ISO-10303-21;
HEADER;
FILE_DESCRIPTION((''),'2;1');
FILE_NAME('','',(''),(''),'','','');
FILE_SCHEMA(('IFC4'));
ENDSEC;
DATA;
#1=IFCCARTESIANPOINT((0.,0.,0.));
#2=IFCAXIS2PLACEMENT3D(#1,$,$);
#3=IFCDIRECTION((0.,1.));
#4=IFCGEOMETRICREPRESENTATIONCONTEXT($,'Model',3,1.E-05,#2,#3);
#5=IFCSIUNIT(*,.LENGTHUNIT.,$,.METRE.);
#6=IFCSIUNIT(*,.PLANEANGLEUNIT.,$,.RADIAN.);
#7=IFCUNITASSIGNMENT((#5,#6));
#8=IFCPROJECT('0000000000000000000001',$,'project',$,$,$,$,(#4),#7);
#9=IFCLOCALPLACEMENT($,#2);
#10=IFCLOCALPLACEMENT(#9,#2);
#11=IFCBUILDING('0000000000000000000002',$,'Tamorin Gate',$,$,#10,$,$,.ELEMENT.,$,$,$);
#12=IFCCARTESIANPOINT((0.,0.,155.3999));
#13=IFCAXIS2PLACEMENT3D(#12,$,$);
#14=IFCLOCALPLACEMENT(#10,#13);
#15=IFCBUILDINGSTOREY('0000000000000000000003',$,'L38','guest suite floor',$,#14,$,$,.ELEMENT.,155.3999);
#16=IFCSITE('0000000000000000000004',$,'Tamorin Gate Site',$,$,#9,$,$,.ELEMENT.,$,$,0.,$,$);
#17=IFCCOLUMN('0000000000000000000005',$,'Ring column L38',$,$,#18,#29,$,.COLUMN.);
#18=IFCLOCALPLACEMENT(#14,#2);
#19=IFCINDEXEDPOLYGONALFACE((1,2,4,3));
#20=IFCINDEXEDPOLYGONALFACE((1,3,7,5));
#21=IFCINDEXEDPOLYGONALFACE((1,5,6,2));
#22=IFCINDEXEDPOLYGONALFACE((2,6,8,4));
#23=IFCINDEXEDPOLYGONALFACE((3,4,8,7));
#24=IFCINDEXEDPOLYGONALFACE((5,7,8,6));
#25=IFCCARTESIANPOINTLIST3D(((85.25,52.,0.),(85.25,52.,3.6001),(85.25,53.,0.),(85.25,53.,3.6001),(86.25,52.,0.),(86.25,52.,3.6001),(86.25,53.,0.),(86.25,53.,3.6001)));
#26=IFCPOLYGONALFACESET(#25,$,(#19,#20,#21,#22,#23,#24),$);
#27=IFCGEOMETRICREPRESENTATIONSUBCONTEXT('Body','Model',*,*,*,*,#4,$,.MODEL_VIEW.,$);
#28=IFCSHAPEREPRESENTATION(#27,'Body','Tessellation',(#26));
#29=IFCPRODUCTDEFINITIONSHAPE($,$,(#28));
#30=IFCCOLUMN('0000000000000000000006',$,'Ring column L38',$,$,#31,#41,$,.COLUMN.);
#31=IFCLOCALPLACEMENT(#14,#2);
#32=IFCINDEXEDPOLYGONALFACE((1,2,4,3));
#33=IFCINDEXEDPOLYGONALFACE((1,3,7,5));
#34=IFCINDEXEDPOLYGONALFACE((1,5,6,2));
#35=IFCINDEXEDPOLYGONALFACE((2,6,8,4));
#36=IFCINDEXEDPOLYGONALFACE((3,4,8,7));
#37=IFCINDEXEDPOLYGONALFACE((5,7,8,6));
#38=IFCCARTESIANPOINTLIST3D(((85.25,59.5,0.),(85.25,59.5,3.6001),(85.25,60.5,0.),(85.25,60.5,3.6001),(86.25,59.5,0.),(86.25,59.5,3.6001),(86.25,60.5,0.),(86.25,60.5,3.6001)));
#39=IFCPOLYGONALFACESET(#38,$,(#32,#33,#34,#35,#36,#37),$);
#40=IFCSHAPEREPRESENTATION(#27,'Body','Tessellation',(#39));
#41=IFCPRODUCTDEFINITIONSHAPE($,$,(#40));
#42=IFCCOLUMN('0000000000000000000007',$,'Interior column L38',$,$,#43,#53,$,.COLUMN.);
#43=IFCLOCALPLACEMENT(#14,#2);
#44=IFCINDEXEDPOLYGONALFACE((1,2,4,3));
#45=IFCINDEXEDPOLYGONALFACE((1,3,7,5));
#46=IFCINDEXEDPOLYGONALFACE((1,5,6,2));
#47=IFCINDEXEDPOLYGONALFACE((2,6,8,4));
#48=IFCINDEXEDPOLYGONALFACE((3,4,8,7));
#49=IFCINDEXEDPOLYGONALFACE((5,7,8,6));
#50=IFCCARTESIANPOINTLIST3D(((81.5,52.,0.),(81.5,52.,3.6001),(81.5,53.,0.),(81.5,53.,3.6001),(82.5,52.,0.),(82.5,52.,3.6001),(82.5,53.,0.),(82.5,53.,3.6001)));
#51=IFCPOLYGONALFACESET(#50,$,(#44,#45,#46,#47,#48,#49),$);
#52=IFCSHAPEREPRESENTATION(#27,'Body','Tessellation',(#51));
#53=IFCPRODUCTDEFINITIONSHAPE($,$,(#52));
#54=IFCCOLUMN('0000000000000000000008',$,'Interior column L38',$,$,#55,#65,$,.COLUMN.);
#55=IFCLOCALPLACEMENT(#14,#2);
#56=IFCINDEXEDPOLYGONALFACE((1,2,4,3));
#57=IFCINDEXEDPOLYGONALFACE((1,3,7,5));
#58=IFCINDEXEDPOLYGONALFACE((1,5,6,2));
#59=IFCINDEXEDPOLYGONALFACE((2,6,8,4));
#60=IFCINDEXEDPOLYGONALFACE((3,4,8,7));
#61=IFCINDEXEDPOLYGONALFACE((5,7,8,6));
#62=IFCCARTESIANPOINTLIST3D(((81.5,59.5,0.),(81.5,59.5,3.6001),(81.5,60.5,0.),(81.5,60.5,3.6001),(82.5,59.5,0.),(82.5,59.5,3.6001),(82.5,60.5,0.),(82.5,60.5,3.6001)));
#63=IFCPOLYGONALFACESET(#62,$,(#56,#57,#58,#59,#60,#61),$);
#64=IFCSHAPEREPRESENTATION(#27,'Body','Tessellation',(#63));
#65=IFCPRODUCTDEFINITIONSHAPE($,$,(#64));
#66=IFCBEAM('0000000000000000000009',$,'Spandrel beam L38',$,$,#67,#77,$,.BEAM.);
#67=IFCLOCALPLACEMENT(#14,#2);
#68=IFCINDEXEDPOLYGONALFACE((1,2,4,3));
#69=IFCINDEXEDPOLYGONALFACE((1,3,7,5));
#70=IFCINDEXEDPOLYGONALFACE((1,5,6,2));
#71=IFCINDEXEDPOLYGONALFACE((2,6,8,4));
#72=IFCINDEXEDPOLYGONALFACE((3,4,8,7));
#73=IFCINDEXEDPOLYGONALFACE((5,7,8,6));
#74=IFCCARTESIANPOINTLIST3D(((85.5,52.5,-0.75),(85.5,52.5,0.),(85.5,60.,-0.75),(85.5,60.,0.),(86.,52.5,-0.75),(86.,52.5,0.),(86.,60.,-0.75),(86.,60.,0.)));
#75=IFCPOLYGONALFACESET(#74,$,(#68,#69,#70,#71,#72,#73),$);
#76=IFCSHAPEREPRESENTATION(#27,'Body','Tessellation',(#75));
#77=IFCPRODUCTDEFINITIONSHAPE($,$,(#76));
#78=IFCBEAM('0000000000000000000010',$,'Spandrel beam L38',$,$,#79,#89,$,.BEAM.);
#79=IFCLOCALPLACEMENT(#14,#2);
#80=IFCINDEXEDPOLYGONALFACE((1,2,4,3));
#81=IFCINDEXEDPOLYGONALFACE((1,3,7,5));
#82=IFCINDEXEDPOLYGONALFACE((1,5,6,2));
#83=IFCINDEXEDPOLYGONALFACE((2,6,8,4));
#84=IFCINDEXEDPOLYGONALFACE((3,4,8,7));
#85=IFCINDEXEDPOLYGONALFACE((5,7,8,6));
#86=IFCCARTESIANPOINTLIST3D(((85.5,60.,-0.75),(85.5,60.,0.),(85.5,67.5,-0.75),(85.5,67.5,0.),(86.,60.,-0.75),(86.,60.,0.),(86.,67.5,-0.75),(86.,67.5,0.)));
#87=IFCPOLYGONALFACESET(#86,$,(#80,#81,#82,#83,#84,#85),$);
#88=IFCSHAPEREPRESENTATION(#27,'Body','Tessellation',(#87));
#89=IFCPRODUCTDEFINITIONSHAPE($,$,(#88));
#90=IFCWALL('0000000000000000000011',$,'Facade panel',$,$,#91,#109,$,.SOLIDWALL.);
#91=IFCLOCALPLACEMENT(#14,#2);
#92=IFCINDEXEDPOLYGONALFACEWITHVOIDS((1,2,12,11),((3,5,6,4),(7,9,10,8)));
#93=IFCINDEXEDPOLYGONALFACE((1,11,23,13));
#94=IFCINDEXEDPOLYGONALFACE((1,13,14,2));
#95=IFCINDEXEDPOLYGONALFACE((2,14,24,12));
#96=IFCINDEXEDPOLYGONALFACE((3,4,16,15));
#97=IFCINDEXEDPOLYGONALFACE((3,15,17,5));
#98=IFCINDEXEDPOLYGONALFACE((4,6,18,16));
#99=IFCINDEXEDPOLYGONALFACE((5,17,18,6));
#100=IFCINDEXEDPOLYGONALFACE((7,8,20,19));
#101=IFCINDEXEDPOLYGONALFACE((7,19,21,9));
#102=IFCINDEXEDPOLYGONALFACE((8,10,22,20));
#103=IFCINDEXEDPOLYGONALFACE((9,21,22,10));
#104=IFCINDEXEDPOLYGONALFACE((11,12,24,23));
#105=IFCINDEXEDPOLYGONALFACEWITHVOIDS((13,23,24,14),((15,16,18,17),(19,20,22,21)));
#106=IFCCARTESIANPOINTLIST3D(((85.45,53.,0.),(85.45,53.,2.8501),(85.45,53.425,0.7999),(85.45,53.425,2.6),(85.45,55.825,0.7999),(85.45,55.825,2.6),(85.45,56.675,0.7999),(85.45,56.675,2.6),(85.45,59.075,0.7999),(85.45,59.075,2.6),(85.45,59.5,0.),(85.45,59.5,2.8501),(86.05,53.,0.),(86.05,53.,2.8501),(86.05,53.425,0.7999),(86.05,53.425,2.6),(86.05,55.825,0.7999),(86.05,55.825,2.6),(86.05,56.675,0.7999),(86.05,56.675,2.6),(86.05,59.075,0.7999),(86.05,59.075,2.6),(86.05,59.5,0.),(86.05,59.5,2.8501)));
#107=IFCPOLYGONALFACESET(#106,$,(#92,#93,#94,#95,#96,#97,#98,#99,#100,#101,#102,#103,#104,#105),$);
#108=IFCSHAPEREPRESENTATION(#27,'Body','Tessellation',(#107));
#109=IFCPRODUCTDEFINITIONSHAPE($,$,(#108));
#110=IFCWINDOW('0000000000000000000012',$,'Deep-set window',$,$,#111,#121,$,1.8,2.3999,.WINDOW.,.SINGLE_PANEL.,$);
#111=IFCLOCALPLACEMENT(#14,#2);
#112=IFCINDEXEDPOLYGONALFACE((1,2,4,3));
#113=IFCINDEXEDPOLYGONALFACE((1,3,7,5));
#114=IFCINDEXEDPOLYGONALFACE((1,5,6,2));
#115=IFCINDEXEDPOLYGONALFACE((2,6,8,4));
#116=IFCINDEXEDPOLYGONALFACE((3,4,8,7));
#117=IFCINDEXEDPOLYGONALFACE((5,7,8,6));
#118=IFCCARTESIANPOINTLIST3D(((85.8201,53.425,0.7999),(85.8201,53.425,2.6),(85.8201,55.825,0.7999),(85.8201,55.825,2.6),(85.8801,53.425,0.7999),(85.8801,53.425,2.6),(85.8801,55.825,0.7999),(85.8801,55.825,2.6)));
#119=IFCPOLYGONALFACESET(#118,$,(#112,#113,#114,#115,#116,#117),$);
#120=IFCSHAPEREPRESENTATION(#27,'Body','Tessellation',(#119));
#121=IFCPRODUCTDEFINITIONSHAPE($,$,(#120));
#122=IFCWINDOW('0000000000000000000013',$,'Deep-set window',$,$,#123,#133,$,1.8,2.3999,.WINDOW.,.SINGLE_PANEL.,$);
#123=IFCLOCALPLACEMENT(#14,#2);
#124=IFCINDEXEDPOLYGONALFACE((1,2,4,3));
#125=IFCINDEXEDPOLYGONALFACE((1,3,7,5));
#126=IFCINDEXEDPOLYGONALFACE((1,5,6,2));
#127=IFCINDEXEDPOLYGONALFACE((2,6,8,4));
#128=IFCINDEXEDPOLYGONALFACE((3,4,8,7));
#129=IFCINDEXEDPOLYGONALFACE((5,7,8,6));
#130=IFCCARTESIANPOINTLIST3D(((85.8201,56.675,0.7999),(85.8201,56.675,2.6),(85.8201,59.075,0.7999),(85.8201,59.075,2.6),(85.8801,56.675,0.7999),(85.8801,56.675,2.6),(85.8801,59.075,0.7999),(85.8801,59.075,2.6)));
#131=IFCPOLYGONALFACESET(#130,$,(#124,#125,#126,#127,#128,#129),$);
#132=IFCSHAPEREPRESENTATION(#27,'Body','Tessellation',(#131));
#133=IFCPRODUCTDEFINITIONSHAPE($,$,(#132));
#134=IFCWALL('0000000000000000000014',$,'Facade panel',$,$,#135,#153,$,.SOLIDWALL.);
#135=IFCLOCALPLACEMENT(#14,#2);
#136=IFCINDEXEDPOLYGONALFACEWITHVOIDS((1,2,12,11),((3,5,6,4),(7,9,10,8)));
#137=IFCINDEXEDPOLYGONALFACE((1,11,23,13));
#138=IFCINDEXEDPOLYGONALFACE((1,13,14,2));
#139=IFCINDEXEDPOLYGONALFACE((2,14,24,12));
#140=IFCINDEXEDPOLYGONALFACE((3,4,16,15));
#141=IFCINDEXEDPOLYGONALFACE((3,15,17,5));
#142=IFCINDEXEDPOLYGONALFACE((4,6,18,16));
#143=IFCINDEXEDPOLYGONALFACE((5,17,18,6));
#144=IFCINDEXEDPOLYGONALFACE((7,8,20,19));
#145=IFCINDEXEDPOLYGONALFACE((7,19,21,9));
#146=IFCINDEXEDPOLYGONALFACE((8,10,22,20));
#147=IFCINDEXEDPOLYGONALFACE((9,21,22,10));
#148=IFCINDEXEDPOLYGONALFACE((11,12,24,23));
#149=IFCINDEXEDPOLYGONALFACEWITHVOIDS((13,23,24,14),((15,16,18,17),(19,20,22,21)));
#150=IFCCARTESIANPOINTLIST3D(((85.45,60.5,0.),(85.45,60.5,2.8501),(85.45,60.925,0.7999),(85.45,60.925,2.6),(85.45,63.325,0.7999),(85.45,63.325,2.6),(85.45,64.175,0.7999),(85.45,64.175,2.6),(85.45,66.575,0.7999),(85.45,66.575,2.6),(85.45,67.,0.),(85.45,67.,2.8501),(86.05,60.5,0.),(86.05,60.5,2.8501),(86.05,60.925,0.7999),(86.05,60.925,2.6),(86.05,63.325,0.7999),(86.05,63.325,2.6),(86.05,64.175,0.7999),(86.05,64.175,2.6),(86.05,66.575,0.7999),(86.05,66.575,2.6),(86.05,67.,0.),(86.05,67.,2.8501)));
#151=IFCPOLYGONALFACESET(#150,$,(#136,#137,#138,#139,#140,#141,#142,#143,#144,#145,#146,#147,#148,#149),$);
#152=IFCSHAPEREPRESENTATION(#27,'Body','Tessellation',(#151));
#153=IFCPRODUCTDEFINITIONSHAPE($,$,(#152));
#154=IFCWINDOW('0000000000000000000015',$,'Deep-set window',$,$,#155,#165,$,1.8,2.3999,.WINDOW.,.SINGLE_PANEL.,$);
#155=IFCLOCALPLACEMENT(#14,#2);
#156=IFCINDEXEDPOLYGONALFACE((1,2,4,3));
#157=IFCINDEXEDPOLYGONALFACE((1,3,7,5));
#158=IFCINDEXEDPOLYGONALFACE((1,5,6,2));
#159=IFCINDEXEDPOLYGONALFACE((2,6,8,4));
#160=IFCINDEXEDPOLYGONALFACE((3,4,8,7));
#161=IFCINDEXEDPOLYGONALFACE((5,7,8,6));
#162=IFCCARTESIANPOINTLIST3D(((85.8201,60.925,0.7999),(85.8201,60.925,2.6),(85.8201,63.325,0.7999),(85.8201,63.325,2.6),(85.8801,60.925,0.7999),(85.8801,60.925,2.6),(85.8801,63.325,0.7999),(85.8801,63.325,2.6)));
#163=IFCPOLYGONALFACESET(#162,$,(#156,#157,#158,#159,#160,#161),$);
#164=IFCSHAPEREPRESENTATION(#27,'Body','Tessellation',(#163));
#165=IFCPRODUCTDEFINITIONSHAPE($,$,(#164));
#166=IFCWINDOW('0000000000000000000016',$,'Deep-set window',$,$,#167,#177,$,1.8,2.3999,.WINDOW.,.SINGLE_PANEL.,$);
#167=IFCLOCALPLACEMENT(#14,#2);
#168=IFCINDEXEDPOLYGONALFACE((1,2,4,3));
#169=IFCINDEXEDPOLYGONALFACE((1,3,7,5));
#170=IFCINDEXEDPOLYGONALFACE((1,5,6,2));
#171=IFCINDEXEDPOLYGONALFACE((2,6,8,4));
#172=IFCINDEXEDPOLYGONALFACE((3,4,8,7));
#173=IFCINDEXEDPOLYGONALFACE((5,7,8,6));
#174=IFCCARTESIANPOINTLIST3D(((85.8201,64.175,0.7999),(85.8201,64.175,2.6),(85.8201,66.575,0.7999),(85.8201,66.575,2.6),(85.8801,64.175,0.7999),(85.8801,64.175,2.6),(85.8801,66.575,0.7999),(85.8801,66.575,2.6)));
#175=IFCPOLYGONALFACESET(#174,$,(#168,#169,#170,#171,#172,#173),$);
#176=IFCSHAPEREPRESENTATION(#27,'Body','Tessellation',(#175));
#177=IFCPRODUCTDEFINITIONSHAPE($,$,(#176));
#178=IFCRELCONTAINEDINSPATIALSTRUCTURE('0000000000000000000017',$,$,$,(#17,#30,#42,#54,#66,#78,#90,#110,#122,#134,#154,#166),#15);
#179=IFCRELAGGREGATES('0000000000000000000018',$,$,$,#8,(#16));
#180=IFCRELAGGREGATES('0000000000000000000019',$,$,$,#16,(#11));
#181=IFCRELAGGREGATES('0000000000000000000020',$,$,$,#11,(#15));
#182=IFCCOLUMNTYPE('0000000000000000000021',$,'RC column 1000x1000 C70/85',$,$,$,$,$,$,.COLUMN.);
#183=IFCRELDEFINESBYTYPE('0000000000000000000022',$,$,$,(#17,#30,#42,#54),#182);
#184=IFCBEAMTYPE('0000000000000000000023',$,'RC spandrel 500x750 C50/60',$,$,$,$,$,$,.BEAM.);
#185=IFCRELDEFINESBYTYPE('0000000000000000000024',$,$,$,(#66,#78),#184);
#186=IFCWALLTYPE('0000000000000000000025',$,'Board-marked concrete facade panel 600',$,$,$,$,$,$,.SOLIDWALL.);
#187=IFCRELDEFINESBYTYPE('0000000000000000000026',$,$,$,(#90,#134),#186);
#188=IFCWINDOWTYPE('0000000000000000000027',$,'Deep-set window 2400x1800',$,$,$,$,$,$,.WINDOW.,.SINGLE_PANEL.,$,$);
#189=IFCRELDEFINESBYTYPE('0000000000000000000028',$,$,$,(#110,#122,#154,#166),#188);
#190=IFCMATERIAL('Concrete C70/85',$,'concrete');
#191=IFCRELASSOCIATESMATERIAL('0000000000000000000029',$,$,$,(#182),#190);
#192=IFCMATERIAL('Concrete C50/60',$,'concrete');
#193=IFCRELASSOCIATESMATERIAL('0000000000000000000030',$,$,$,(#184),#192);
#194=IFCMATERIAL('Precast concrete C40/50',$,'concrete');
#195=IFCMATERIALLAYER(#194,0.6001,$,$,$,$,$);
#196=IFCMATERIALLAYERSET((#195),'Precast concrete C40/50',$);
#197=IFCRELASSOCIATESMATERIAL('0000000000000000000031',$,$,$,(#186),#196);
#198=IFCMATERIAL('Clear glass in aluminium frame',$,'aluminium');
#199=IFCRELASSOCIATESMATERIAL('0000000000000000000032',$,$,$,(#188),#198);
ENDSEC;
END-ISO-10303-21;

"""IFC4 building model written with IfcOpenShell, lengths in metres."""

from ifc_helpers import new_model, si_unit, direction, frame, frame_2d, origin, origin_2d, place, context, subcontext, project, spatial, rectangle, extrude, material, layer, layer_set, material_profile, profile_set, type_object, element, fill, save


model = new_model("IFC4")

# Units and contexts
model_context = context("Model", 3, precision=1e-05, world=origin(), true_north=direction((0.0, 1.0)))
body_context = subcontext(model_context, "Body", "Model", "MODEL_VIEW")
ifc_project = project(units=[si_unit("LENGTHUNIT", "METRE"), si_unit("PLANEANGLEUNIT", "RADIAN")], contexts=[model_context])

# Site, building, storey
site_placement = place(None, origin())
site = spatial("IfcSite", under=ifc_project, at=site_placement, Name="Tamorin Gate Site", CompositionType="ELEMENT", RefElevation=0.0)
building_placement = place(site_placement, origin())
building = spatial("IfcBuilding", under=site, at=building_placement, Name="Tamorin Gate", CompositionType="ELEMENT")
storey_placement = place(building_placement, frame((0.0, 0.0, 155.3999)))
storey = spatial("IfcBuildingStorey", under=building, at=storey_placement, Name="L38", Description="guest suite floor", CompositionType="ELEMENT", Elevation=155.3999)

# Columns
ifc_material_1 = material(Name="Concrete C70/85", Category="concrete")
ifc_material_profile_1 = material_profile(ifc_material_1, rectangle(XDim=1.0, YDim=1.0, at=origin_2d()), Name="RC 1000x1000")
ifc_profile_set_1 = profile_set([ifc_material_profile_1], Name="Concrete C70/85")
column_type = type_object("IfcColumnType", Name="RC column 1000x1000 C70/85", PredefinedType="COLUMN", material=ifc_profile_set_1)
for number, where, z_axis, x_axis, name in (
    (1, (85.75, 52.5, 0.0), (0.0, 0.0, 1.0), (1.0, 0.0, 0.0), "Ring column L38"),
    (2, (85.75, 60.0, 0.0), (0.0, 0.0, 1.0), (1.0, 0.0, 0.0), "Ring column L38"),
    (3, (82.0, 52.5, 0.0), (0.0, 0.0, 1.0), (1.0, 0.0, 0.0), "Interior column L38"),
    (4, (82.0, 60.0, 0.0), (0.0, 0.0, 1.0), (1.0, 0.0, 0.0), "Interior column L38"),
):
    element("IfcColumn", number, at=place(storey_placement, frame(where, z_axis=z_axis, x_axis=x_axis)), inside=storey, type_object=column_type, Name=name, PredefinedType="COLUMN", context=body_context, shape_type="SweptSolid", body=[
        extrude(rectangle(XDim=1.0, YDim=1.0, at=origin_2d()), origin(), (0.0, 0.0, 1.0), 3.6001),
    ])

# Beams
ifc_material_2 = material(Name="Concrete C50/60", Category="concrete")
ifc_material_profile_2 = material_profile(ifc_material_2, rectangle(XDim=0.5, YDim=0.75, at=origin_2d()), Name="RC 500x750")
ifc_profile_set_2 = profile_set([ifc_material_profile_2], Name="Concrete C50/60")
beam_type = type_object("IfcBeamType", Name="RC spandrel 500x750 C50/60", PredefinedType="BEAM", material=ifc_profile_set_2)
for number, where, z_axis, x_axis, name in (
    (5, (85.75, 52.5, -0.375), (0.0, 1.0, 0.0), (-1.0, 0.0, 0.0), "Spandrel beam L38"),
    (6, (85.75, 60.0, -0.375), (0.0, 1.0, 0.0), (-1.0, 0.0, 0.0), "Spandrel beam L38"),
):
    element("IfcBeam", number, at=place(storey_placement, frame(where, z_axis=z_axis, x_axis=x_axis)), inside=storey, type_object=beam_type, Name=name, PredefinedType="BEAM", context=body_context, shape_type="SweptSolid", body=[
        extrude(rectangle(XDim=0.5, YDim=0.75, at=origin_2d()), origin(), (0.0, 0.0, 1.0), 7.5),
    ])

# Walls, openings, windows
ifc_material_3 = material(Name="Precast concrete C40/50", Category="concrete")
ifc_layer_1 = layer(ifc_material_3, 0.6001)
ifc_layer_set_1 = layer_set([ifc_layer_1], Name="Precast concrete C40/50")
wall_type_1 = type_object("IfcWallType", Name="Board-marked concrete facade panel 600", PredefinedType="SOLIDWALL", material=ifc_layer_set_1)
wall_1_placement = place(storey_placement, frame((85.75, 53.0, 0.0), z_axis=(0.0, 0.0, 1.0), x_axis=(0.0, 1.0, 0.0)))
wall_1 = element("IfcWall", 7, at=wall_1_placement, inside=storey, type_object=wall_type_1, Name="Facade panel", PredefinedType="SOLIDWALL", context=body_context, shape_type="SweptSolid", body=[
    extrude(rectangle(XDim=6.5, YDim=0.6001, at=frame_2d((3.25, 0.0))), origin(), (0.0, 0.0, 1.0), 2.8501),
])
opening_1_placement = place(wall_1_placement, frame((0.425, 0.0, 0.8)))
opening_1 = element("IfcOpeningElement", 8, at=opening_1_placement, cuts=wall_1, PredefinedType="OPENING", context=body_context, shape_type="SweptSolid", body=[
    extrude(rectangle(XDim=2.3999, YDim=1.8, at=frame_2d((1.2, 0.8999))), frame((0.0, 0.3101, 0.0), z_axis=(0.0, -1.0, 0.0), x_axis=(1.0, 0.0, 0.0)), (0.0, 0.0, 1.0), 0.6201),
])
opening_2_placement = place(wall_1_placement, frame((3.675, 0.0, 0.8)))
opening_2 = element("IfcOpeningElement", 9, at=opening_2_placement, cuts=wall_1, PredefinedType="OPENING", context=body_context, shape_type="SweptSolid", body=[
    extrude(rectangle(XDim=2.3999, YDim=1.8, at=frame_2d((1.2, 0.8999))), frame((0.0, 0.3101, 0.0), z_axis=(0.0, -1.0, 0.0), x_axis=(1.0, 0.0, 0.0)), (0.0, 0.0, 1.0), 0.6201),
])
ifc_material_4 = material(Name="Clear glass in aluminium frame", Category="aluminium")
window_type = type_object("IfcWindowType", Name="Deep-set window 2400x1800", PartitioningType="SINGLE_PANEL", PredefinedType="WINDOW", material=ifc_material_4)
window_1_placement = place(opening_1_placement, origin())
window_1 = element("IfcWindow", 10, at=window_1_placement, inside=storey, type_object=window_type, Name="Deep-set window", OverallHeight=1.8, OverallWidth=2.3999, PartitioningType="SINGLE_PANEL", PredefinedType="WINDOW", context=body_context, shape_type="SweptSolid", body=[
    extrude(rectangle(XDim=2.3999, YDim=1.8, at=frame_2d((1.2, 0.8999))), frame((0.0, -0.0701, 0.0), z_axis=(0.0, -1.0, 0.0), x_axis=(1.0, 0.0, 0.0)), (0.0, 0.0, 1.0), 0.0601),
])
fill(opening_1, window_1)
window_2_placement = place(opening_2_placement, origin())
window_2 = element("IfcWindow", 11, at=window_2_placement, inside=storey, type_object=window_type, Name="Deep-set window", OverallHeight=1.8, OverallWidth=2.3999, PartitioningType="SINGLE_PANEL", PredefinedType="WINDOW", context=body_context, shape_type="SweptSolid", body=[
    extrude(rectangle(XDim=2.3999, YDim=1.8, at=frame_2d((1.2, 0.8999))), frame((0.0, -0.0701, 0.0), z_axis=(0.0, -1.0, 0.0), x_axis=(1.0, 0.0, 0.0)), (0.0, 0.0, 1.0), 0.0601),
])
fill(opening_2, window_2)
wall_2_placement = place(storey_placement, frame((85.75, 60.5, 0.0), z_axis=(0.0, 0.0, 1.0), x_axis=(0.0, 1.0, 0.0)))
wall_2 = element("IfcWall", 12, at=wall_2_placement, inside=storey, type_object=wall_type_1, Name="Facade panel", PredefinedType="SOLIDWALL", context=body_context, shape_type="SweptSolid", body=[
    extrude(rectangle(XDim=6.5, YDim=0.6001, at=frame_2d((3.25, 0.0))), origin(), (0.0, 0.0, 1.0), 2.8501),
])
opening_3_placement = place(wall_2_placement, frame((0.425, 0.0, 0.8)))
opening_3 = element("IfcOpeningElement", 13, at=opening_3_placement, cuts=wall_2, PredefinedType="OPENING", context=body_context, shape_type="SweptSolid", body=[
    extrude(rectangle(XDim=2.3999, YDim=1.8, at=frame_2d((1.2, 0.8999))), frame((0.0, 0.3101, 0.0), z_axis=(0.0, -1.0, 0.0), x_axis=(1.0, 0.0, 0.0)), (0.0, 0.0, 1.0), 0.6201),
])
opening_4_placement = place(wall_2_placement, frame((3.675, 0.0, 0.8)))
opening_4 = element("IfcOpeningElement", 14, at=opening_4_placement, cuts=wall_2, PredefinedType="OPENING", context=body_context, shape_type="SweptSolid", body=[
    extrude(rectangle(XDim=2.3999, YDim=1.8, at=frame_2d((1.2, 0.8999))), frame((0.0, 0.3101, 0.0), z_axis=(0.0, -1.0, 0.0), x_axis=(1.0, 0.0, 0.0)), (0.0, 0.0, 1.0), 0.6201),
])
window_3_placement = place(opening_3_placement, origin())
window_3 = element("IfcWindow", 15, at=window_3_placement, inside=storey, type_object=window_type, Name="Deep-set window", OverallHeight=1.8, OverallWidth=2.3999, PartitioningType="SINGLE_PANEL", PredefinedType="WINDOW", context=body_context, shape_type="SweptSolid", body=[
    extrude(rectangle(XDim=2.3999, YDim=1.8, at=frame_2d((1.2, 0.8999))), frame((0.0, -0.0701, 0.0), z_axis=(0.0, -1.0, 0.0), x_axis=(1.0, 0.0, 0.0)), (0.0, 0.0, 1.0), 0.0601),
])
fill(opening_3, window_3)
window_4_placement = place(opening_4_placement, origin())
window_4 = element("IfcWindow", 16, at=window_4_placement, inside=storey, type_object=window_type, Name="Deep-set window", OverallHeight=1.8, OverallWidth=2.3999, PartitioningType="SINGLE_PANEL", PredefinedType="WINDOW", context=body_context, shape_type="SweptSolid", body=[
    extrude(rectangle(XDim=2.3999, YDim=1.8, at=frame_2d((1.2, 0.8999))), frame((0.0, -0.0701, 0.0), z_axis=(0.0, -1.0, 0.0), x_axis=(1.0, 0.0, 0.0)), (0.0, 0.0, 1.0), 0.0601),
])
fill(opening_4, window_4)

save(model, "model.ifc")
